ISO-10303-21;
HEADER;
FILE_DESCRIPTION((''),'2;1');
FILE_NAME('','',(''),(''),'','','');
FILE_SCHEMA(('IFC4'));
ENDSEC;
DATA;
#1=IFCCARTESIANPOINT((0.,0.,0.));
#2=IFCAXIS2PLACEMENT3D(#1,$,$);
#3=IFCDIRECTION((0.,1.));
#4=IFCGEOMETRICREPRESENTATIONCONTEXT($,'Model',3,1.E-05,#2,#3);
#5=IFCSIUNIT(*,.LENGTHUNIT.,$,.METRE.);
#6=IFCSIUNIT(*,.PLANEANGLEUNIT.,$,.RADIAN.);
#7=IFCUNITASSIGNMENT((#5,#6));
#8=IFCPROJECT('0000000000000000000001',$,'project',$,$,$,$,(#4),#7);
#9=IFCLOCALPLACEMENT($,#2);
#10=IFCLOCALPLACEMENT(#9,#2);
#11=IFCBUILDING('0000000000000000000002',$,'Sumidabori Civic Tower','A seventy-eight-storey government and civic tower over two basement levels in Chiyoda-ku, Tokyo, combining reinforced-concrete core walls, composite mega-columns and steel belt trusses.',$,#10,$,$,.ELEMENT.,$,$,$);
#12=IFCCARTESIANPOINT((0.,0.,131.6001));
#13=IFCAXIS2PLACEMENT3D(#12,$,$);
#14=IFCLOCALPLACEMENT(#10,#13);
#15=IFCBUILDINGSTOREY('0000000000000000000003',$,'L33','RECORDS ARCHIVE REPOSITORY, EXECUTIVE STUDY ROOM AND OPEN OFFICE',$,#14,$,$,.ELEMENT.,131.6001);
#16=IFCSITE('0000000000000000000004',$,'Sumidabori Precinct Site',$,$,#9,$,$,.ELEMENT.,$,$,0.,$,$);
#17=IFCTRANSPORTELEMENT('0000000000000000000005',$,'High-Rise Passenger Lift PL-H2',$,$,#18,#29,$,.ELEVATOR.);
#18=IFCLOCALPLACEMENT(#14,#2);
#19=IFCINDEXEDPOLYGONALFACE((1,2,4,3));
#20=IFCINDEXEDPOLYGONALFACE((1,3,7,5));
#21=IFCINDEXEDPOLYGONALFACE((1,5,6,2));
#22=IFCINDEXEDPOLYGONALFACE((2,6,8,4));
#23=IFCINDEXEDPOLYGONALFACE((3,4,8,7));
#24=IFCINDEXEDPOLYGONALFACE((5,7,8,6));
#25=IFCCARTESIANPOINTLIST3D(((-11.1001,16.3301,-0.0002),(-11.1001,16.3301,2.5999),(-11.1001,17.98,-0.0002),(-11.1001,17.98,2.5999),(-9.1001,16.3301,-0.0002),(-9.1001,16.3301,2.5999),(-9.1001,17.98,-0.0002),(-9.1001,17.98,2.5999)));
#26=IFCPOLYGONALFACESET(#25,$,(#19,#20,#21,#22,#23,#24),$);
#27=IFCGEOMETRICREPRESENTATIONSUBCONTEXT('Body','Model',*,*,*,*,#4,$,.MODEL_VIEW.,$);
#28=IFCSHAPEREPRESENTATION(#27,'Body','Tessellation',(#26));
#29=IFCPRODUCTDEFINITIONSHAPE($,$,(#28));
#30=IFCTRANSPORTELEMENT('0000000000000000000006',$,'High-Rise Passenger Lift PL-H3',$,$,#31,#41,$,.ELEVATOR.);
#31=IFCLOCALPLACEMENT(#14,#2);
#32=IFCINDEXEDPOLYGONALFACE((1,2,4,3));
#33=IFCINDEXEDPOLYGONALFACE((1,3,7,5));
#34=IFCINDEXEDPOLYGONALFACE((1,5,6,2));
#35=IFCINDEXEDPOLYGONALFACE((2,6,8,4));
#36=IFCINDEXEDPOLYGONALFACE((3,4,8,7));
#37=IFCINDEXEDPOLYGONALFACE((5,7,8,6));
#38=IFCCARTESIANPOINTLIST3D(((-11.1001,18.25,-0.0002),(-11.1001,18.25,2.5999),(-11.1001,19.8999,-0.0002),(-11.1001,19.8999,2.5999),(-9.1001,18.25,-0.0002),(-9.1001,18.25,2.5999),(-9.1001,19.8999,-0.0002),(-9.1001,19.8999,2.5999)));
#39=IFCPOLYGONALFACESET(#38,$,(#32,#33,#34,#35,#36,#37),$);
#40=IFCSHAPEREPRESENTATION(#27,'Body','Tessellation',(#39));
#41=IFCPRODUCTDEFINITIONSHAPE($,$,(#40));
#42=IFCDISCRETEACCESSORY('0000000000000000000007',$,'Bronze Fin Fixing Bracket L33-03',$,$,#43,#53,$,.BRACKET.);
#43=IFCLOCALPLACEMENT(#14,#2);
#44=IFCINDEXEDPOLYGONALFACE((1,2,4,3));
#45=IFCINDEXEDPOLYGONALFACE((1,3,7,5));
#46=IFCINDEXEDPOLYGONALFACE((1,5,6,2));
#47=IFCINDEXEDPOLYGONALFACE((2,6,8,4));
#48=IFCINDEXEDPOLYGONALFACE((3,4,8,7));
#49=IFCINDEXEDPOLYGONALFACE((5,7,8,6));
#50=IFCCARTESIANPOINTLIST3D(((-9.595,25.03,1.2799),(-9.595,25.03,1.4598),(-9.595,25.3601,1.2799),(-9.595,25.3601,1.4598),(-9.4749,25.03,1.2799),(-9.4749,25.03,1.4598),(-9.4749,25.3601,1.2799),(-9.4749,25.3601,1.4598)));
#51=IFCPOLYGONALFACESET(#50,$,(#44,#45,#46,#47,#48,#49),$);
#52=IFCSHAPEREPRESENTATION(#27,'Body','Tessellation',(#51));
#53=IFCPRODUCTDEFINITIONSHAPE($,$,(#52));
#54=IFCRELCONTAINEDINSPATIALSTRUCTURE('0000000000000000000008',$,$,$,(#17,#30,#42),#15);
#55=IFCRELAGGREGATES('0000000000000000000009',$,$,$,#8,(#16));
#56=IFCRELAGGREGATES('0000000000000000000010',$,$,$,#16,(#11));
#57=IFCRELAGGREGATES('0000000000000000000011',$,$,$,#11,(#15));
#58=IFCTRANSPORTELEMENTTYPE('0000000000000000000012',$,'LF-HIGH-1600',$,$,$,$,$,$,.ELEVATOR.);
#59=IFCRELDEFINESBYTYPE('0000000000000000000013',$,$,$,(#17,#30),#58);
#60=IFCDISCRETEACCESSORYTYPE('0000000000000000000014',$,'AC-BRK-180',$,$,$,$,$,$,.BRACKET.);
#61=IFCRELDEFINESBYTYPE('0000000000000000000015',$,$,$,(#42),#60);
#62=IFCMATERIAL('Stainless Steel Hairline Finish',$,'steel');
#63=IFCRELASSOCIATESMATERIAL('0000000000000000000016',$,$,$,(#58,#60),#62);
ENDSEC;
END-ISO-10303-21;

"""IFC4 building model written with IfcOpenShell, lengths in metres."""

from ifc_helpers import new_model, si_unit, direction, frame, origin, origin_2d, place, context, subcontext, project, spatial, rectangle, extrude, source, transform, mapped, material, material_profile, profile_set, type_object, element, save


model = new_model("IFC4")

# Units and contexts
model_context = context("Model", 3, precision=1e-05, world=origin(), true_north=direction((0.0, 1.0)))
body_context = subcontext(model_context, "Body", "Model", "MODEL_VIEW")
ifc_project = project(units=[si_unit("LENGTHUNIT", "METRE"), si_unit("PLANEANGLEUNIT", "RADIAN")], contexts=[model_context])

# Site, building, storey
site_placement = place(None, origin())
site = spatial("IfcSite", under=ifc_project, at=site_placement, Name="Sumidabori Precinct Site", CompositionType="ELEMENT", RefElevation=0.0)
building_placement = place(site_placement, origin())
building = spatial("IfcBuilding", under=site, at=building_placement, Name="Sumidabori Civic Tower", Description="A seventy-eight-storey government and civic tower over two basement levels in Chiyoda-ku, Tokyo, combining reinforced-concrete core walls, composite mega-columns and steel belt trusses.", CompositionType="ELEMENT")
storey_placement = place(building_placement, frame((0.0, 0.0, 131.6001)))
storey = spatial("IfcBuildingStorey", under=building, at=storey_placement, Name="L33", Description="RECORDS ARCHIVE REPOSITORY, EXECUTIVE STUDY ROOM AND OPEN OFFICE", CompositionType="ELEMENT", Elevation=131.6001)

# Shared definitions
ifc_material_1 = material(Name="Stainless Steel Hairline Finish", Category="steel")

# Transport elements
transport_element_type = type_object("IfcTransportElementType", Name="LF-HIGH-1600", PredefinedType="ELEVATOR", material=ifc_material_1)
shared_shape_1 = source(origin(), body_context, "Body", "SweptSolid", [
    extrude(rectangle(XDim=2.0, YDim=1.6499, at=origin_2d()), origin(), (0.0, 0.0, 1.0), 2.6001),
])
for number, where, z_axis, x_axis, name in (
    (1, (-10.1001, 17.155, -0.0002), (0.0, 0.0, 1.0), (1.0, 0.0, 0.0), "High-Rise Passenger Lift PL-H2"),
    (2, (-10.1001, 19.075, -0.0002), (0.0, 0.0, 1.0), (1.0, 0.0, 0.0), "High-Rise Passenger Lift PL-H3"),
):
    element("IfcTransportElement", number, at=place(storey_placement, frame(where, z_axis=z_axis, x_axis=x_axis)), inside=storey, type_object=transport_element_type, Name=name, PredefinedType="ELEVATOR", context=body_context, shape_type="MappedRepresentation", body=[
        mapped(shared_shape_1, transform((0.0, 0.0, 0.0), x_axis=(1.0, 0.0, 0.0), y_axis=(0.0, 1.0, 0.0), z_axis=(0.0, 0.0, 1.0), scale=1.0)),
    ])

# Discrete accessory
ifc_material_profile_1 = material_profile(ifc_material_1, rectangle(XDim=0.1201, YDim=0.1799, at=origin_2d()), Name="STEEL BRACKET 180x120")
ifc_profile_set_1 = profile_set([ifc_material_profile_1], Name="Stainless Steel Hairline Finish")
discrete_accessory_type = type_object("IfcDiscreteAccessoryType", Name="AC-BRK-180", PredefinedType="BRACKET", material=ifc_profile_set_1)
shared_shape_2 = source(origin(), body_context, "Body", "SweptSolid", [
    extrude(rectangle(XDim=0.1201, YDim=0.1799, at=origin_2d()), origin(), (0.0, 0.0, 1.0), 0.3301),
])
discrete_accessory_placement = place(storey_placement, frame((-9.5349, 25.03, 1.3699), z_axis=(0.0, 1.0, 0.0), x_axis=(-1.0, 0.0, 0.0)))
element("IfcDiscreteAccessory", 3, at=discrete_accessory_placement, inside=storey, type_object=discrete_accessory_type, Name="Bronze Fin Fixing Bracket L33-03", PredefinedType="BRACKET", context=body_context, shape_type="MappedRepresentation", body=[
    mapped(shared_shape_2, transform((0.0, 0.0, 0.0), x_axis=(1.0, 0.0, 0.0), y_axis=(0.0, 1.0, 0.0), z_axis=(0.0, 0.0, 1.0), scale=1.0)),
])

save(model, "model.ifc")
